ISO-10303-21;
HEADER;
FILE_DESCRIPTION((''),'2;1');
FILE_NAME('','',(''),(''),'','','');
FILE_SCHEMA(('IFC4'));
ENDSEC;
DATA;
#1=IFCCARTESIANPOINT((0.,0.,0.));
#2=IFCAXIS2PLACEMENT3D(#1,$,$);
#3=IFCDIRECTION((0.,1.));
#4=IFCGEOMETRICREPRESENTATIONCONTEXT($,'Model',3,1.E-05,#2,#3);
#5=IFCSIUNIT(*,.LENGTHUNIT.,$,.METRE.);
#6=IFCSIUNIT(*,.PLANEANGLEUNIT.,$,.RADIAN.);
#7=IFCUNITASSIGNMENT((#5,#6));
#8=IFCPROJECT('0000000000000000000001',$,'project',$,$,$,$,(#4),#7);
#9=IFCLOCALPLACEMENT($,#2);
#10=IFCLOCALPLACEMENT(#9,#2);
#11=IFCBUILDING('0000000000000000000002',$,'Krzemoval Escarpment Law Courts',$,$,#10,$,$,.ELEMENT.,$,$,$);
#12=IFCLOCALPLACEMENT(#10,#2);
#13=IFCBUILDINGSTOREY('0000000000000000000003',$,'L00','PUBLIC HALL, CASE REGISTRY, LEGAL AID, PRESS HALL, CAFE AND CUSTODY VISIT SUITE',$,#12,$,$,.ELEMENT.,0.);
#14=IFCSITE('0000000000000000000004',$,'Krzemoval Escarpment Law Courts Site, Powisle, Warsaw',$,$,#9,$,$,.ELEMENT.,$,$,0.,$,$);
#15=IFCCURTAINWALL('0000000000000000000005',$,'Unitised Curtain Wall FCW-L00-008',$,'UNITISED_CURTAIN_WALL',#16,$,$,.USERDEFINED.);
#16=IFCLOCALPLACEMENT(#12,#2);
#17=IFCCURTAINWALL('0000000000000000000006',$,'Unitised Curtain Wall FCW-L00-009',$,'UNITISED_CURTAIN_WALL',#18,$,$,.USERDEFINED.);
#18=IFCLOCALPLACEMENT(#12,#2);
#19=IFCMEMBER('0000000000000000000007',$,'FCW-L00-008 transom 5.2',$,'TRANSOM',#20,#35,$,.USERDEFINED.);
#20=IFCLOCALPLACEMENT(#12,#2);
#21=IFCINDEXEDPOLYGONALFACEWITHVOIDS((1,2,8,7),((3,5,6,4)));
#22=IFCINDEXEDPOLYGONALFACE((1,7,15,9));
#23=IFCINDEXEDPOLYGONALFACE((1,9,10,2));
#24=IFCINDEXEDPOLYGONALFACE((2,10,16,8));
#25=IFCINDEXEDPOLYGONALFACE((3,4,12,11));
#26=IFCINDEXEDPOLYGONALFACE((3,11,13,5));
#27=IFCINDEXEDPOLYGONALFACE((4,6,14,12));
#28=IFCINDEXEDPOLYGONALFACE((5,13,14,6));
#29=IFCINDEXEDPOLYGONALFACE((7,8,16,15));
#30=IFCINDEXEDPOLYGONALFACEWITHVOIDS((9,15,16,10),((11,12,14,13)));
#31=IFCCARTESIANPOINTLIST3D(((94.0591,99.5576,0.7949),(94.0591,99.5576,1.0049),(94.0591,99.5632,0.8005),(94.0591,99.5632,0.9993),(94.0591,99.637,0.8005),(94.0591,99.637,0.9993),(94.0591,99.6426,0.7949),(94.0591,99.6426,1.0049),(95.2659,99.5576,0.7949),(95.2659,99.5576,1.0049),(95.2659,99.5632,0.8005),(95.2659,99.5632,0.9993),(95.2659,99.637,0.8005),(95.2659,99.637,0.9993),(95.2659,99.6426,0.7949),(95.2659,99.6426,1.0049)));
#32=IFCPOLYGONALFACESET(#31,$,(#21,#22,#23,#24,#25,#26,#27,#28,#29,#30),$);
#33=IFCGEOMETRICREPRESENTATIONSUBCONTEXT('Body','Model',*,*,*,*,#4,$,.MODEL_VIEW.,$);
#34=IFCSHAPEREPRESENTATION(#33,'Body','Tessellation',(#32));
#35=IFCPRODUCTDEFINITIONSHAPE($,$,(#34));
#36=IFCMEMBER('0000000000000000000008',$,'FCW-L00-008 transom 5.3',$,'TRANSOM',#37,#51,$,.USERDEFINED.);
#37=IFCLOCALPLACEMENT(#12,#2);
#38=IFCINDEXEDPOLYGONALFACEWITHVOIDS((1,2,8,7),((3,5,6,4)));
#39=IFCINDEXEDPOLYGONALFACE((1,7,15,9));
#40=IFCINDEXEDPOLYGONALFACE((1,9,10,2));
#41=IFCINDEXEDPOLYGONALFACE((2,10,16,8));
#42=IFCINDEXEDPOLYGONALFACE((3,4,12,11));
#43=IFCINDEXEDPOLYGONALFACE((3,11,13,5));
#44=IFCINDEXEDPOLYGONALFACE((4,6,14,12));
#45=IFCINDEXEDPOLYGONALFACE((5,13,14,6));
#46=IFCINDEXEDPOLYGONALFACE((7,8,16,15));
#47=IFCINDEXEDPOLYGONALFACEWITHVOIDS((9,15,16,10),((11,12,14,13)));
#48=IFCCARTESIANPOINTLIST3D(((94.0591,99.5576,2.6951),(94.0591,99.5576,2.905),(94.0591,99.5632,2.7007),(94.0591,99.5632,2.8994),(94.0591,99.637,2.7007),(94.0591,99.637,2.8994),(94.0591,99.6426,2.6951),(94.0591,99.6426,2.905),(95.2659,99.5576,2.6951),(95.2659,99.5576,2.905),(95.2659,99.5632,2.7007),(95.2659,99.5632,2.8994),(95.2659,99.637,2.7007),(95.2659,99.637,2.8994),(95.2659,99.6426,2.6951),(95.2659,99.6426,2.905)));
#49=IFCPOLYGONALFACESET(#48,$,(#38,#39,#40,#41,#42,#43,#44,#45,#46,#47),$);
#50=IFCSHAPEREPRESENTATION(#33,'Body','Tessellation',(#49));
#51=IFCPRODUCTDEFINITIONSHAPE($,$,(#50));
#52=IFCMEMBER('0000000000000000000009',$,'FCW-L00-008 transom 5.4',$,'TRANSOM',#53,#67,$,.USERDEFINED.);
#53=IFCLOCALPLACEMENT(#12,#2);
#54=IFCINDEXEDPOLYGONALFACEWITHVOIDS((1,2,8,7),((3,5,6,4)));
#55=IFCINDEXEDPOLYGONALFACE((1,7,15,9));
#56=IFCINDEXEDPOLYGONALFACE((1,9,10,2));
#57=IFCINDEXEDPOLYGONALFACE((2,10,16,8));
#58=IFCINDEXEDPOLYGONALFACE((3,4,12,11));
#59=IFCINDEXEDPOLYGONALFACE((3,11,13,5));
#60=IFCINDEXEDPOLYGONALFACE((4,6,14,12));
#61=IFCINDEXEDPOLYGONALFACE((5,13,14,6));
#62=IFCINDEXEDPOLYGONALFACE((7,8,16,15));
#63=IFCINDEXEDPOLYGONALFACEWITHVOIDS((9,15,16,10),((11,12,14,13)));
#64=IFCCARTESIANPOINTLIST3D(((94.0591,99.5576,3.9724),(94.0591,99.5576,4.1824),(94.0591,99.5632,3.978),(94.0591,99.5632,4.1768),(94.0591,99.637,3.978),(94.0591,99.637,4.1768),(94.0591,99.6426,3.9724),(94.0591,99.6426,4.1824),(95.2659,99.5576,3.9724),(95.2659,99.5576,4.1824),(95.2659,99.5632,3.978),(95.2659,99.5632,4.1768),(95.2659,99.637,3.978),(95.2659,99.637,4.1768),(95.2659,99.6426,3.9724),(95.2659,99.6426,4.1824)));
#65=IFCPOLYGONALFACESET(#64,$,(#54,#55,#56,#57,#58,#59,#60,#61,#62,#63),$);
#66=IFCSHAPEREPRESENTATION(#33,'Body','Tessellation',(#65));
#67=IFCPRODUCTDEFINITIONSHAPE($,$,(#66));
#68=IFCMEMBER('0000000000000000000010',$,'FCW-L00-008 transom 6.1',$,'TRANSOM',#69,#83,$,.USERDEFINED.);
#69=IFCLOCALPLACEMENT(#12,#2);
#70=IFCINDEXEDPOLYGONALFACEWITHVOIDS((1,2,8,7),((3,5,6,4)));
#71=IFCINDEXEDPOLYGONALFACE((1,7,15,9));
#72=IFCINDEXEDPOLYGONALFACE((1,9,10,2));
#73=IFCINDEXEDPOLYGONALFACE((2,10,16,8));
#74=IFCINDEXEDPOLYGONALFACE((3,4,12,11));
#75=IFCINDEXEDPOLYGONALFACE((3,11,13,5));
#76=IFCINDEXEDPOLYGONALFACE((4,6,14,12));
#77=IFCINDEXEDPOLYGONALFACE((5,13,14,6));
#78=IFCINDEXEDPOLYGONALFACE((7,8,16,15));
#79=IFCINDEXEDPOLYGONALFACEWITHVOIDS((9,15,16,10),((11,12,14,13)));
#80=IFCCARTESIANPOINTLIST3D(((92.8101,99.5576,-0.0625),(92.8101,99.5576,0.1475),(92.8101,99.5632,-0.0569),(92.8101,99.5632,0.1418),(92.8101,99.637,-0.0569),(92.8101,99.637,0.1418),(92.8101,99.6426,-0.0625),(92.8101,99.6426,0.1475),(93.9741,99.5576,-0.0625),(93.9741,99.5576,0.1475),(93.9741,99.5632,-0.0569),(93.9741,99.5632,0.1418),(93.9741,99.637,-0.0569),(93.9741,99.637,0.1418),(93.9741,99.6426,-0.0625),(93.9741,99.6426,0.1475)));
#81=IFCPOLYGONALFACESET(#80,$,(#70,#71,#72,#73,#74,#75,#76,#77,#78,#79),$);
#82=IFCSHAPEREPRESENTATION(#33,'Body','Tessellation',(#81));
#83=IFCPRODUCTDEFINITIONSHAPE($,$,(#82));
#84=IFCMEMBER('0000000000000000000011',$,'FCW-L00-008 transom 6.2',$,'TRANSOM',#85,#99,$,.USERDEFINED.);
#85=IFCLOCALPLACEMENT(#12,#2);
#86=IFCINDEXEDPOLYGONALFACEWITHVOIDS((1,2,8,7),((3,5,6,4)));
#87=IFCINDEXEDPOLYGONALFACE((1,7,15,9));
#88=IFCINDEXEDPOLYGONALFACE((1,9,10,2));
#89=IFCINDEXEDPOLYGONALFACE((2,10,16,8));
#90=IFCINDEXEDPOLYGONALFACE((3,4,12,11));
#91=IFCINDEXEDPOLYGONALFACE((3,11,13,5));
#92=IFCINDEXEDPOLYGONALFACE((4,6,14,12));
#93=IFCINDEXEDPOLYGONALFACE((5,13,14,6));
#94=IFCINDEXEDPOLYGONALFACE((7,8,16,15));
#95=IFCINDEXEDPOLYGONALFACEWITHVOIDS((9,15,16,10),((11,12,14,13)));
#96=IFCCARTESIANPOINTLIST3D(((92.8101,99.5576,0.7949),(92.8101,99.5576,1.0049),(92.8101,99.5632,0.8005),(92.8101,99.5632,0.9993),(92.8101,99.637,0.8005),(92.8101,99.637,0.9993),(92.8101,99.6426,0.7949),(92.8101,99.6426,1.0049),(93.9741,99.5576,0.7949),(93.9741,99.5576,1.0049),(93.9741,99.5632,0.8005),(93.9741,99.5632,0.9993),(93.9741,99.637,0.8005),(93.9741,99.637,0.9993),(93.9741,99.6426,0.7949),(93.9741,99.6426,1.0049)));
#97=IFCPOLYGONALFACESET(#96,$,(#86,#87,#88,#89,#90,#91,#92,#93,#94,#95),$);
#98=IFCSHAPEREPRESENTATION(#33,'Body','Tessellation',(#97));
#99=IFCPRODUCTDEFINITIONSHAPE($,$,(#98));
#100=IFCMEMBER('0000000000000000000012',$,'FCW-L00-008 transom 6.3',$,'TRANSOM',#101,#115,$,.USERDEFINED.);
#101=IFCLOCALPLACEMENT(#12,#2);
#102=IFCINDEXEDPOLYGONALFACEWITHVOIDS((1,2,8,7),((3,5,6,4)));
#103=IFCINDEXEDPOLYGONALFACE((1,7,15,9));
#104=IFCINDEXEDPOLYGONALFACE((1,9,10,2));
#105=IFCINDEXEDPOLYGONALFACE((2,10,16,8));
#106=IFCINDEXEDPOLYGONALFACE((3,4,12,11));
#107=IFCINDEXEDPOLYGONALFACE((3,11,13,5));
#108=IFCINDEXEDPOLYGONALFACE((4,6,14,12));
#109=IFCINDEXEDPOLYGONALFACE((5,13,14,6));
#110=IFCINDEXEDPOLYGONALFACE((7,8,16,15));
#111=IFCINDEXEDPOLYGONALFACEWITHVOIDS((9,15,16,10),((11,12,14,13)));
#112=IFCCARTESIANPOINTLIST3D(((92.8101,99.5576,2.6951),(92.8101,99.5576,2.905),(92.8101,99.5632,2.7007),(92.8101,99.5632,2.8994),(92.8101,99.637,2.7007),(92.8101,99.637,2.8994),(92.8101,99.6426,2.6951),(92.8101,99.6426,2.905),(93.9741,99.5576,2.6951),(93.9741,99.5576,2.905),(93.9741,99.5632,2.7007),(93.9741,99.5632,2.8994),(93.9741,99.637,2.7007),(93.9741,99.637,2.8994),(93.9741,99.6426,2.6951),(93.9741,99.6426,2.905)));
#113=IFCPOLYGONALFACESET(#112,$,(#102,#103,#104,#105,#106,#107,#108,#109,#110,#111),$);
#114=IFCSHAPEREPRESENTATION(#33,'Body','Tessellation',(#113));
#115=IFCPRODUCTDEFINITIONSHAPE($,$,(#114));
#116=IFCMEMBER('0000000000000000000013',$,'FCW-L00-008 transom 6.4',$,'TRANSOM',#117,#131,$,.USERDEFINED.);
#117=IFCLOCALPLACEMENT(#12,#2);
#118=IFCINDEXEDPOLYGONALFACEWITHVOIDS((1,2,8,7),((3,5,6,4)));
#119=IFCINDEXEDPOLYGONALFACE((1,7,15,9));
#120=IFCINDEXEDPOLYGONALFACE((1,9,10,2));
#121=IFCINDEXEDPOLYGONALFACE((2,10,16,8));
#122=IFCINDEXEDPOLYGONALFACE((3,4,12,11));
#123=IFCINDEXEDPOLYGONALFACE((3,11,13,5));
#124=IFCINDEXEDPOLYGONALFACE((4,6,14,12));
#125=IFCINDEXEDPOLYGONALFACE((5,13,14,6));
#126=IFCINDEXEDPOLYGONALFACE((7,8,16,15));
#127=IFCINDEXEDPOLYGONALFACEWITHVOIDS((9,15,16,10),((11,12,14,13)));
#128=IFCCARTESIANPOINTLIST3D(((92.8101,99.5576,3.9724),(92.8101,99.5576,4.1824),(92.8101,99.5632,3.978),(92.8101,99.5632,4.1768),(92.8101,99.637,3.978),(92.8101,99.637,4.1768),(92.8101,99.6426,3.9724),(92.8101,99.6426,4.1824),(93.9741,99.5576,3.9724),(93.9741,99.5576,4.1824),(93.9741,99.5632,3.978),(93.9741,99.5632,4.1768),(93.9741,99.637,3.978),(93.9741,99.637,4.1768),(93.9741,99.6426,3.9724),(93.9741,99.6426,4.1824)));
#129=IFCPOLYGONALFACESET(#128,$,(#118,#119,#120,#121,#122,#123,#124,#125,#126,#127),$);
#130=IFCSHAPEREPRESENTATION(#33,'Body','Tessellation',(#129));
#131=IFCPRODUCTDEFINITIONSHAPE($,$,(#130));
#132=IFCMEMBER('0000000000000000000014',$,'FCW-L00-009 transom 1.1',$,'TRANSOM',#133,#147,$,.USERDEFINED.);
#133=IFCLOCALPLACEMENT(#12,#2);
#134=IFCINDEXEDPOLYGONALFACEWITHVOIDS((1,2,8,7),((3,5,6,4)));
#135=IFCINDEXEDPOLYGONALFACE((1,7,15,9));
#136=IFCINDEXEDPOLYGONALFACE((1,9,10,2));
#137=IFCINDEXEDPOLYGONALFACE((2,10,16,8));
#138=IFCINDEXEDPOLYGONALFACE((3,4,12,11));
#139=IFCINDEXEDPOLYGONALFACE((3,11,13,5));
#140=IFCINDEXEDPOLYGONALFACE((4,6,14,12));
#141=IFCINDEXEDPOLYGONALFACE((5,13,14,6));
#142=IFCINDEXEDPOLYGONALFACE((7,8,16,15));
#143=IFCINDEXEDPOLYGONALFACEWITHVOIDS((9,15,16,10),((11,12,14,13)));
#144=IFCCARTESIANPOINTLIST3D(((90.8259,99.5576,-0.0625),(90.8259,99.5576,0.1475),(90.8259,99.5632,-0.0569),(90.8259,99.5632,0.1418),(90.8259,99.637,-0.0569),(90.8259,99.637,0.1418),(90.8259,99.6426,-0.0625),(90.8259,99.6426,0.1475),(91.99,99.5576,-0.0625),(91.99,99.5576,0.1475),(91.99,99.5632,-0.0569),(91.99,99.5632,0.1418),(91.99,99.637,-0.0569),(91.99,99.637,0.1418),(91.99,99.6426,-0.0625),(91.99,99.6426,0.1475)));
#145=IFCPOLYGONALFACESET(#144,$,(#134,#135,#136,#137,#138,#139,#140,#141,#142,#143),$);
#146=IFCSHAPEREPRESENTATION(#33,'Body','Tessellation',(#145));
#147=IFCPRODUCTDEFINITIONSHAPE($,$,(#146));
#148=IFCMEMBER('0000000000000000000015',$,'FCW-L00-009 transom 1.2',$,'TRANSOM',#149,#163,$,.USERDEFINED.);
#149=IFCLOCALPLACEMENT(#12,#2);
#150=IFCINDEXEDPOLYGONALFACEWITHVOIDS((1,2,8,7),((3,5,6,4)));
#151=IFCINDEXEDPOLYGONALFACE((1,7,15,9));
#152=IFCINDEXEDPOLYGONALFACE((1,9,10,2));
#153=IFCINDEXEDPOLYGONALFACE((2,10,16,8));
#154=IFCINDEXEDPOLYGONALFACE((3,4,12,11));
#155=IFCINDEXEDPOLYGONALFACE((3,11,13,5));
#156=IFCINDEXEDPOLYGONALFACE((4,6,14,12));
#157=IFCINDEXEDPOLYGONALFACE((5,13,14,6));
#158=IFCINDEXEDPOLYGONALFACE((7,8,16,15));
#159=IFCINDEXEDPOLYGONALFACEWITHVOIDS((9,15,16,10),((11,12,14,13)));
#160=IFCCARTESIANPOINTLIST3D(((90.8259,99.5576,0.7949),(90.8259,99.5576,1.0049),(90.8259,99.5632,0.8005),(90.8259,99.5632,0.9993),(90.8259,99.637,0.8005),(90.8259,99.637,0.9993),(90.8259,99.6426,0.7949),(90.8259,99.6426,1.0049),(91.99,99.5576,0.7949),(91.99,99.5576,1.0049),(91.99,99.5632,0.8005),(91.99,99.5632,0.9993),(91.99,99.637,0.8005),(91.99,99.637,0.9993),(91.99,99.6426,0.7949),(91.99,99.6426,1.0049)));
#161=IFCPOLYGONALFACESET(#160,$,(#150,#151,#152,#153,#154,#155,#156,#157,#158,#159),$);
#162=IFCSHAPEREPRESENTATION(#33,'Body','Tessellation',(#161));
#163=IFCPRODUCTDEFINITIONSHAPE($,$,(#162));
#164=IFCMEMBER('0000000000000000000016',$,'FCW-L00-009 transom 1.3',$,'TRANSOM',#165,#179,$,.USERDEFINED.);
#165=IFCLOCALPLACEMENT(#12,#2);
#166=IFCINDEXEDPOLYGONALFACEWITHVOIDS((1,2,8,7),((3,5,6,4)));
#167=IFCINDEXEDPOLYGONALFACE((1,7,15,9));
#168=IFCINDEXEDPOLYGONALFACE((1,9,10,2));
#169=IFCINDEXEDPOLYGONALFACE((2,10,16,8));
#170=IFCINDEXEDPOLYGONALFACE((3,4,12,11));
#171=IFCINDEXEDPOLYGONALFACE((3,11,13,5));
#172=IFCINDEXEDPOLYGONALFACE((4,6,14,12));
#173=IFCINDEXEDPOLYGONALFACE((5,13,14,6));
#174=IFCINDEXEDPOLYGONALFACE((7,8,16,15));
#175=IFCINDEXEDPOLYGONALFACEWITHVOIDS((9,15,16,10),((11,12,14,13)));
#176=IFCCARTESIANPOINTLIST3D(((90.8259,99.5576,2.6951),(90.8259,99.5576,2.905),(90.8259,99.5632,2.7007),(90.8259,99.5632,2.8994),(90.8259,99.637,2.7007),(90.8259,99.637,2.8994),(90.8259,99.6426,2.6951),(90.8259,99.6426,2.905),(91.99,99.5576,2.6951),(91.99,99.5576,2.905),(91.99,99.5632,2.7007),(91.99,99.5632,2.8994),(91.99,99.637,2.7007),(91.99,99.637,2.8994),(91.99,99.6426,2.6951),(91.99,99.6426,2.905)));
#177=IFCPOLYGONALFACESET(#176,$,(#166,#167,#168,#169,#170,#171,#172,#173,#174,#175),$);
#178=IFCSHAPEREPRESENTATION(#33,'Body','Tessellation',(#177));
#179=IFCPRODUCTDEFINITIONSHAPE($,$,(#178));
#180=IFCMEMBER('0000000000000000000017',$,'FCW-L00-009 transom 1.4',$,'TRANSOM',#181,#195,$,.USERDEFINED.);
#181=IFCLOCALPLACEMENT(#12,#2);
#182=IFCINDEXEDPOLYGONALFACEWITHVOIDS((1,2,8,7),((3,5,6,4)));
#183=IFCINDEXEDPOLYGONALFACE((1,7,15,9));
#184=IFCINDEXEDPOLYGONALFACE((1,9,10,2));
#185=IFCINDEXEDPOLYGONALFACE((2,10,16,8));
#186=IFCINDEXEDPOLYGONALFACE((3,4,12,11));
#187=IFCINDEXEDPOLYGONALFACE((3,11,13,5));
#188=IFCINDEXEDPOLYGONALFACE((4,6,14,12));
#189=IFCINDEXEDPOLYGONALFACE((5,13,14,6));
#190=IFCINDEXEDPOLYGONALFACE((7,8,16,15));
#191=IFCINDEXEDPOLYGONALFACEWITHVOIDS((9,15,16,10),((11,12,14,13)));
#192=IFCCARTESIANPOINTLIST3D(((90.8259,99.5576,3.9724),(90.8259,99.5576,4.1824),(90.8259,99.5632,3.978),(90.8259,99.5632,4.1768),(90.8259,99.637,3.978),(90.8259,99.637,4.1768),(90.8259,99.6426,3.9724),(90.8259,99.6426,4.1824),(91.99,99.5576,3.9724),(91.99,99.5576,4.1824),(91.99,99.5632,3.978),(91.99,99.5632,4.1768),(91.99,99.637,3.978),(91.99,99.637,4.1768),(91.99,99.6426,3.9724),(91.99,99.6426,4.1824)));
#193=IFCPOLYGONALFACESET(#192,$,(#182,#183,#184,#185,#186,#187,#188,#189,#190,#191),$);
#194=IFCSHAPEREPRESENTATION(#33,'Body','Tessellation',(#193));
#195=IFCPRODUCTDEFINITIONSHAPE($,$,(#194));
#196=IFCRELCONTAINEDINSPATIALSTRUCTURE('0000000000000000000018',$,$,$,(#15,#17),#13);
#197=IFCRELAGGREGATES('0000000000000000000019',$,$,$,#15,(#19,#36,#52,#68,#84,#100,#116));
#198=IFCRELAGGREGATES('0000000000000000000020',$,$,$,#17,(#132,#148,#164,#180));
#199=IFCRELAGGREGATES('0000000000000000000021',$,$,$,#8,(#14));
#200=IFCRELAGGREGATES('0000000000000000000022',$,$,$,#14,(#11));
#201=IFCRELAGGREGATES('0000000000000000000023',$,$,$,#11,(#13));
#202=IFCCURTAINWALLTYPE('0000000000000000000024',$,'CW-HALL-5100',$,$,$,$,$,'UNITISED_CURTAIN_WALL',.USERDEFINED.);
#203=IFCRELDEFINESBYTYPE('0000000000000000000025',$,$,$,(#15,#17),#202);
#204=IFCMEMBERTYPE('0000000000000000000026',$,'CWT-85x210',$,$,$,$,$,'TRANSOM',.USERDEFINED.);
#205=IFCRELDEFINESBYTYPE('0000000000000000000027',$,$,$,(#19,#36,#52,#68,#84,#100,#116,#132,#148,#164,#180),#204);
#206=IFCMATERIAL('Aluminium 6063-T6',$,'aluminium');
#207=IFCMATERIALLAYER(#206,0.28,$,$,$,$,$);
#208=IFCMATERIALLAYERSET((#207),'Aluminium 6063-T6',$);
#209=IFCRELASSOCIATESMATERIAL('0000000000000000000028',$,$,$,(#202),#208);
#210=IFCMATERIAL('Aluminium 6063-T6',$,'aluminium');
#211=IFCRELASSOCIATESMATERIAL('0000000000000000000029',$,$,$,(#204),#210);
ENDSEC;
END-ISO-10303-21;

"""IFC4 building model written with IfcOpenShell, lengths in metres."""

from ifc_helpers import new_model, si_unit, direction, frame, origin, origin_2d, place, context, subcontext, project, spatial, hollow_rectangle, extrude, material, layer, layer_set, material_profile, profile_set, type_object, element, aggregate, save


model = new_model("IFC4")

# Units and contexts
model_context = context("Model", 3, precision=1e-05, world=origin(), true_north=direction((0.0, 1.0)))
body_context = subcontext(model_context, "Body", "Model", "MODEL_VIEW")
ifc_project = project(units=[si_unit("LENGTHUNIT", "METRE"), si_unit("PLANEANGLEUNIT", "RADIAN")], contexts=[model_context])

# Site, building, storey
site_placement = place(None, origin())
site = spatial("IfcSite", under=ifc_project, at=site_placement, Name="Krzemoval Escarpment Law Courts Site, Powisle, Warsaw", CompositionType="ELEMENT", RefElevation=0.0)
building_placement = place(site_placement, origin())
building = spatial("IfcBuilding", under=site, at=building_placement, Name="Krzemoval Escarpment Law Courts", CompositionType="ELEMENT")
storey_placement = place(building_placement, origin())
storey = spatial("IfcBuildingStorey", under=building, at=storey_placement, Name="L00", Description="PUBLIC HALL, CASE REGISTRY, LEGAL AID, PRESS HALL, CAFE AND CUSTODY VISIT SUITE", CompositionType="ELEMENT", Elevation=0.0)

# Curtain walls
ifc_material_1 = material(Name="Aluminium 6063-T6", Category="aluminium")
ifc_layer_1 = layer(ifc_material_1, 0.28)
ifc_layer_set_1 = layer_set([ifc_layer_1], Name="Aluminium 6063-T6")
curtain_wall_type = type_object("IfcCurtainWallType", Name="CW-HALL-5100", ElementType="UNITISED_CURTAIN_WALL", PredefinedType="USERDEFINED", material=ifc_layer_set_1)
curtain_wall_1_placement = place(storey_placement, origin())
curtain_wall_1 = element("IfcCurtainWall", 1, at=curtain_wall_1_placement, inside=storey, type_object=curtain_wall_type, Name="Unitised Curtain Wall FCW-L00-008", ObjectType="UNITISED_CURTAIN_WALL", PredefinedType="USERDEFINED")
curtain_wall_2_placement = place(storey_placement, origin())
curtain_wall_2 = element("IfcCurtainWall", 2, at=curtain_wall_2_placement, inside=storey, type_object=curtain_wall_type, Name="Unitised Curtain Wall FCW-L00-009", ObjectType="UNITISED_CURTAIN_WALL", PredefinedType="USERDEFINED")

# Members
ifc_material_2 = material(Name="Aluminium 6063-T6", Category="aluminium")
ifc_material_profile_1 = material_profile(ifc_material_2, hollow_rectangle(XDim=0.085, YDim=0.21, WallThickness=0.0056, at=origin_2d()), Name="ALU T85x210")
ifc_profile_set_1 = profile_set([ifc_material_profile_1], Name="Aluminium 6063-T6")
member_type_1 = type_object("IfcMemberType", Name="CWT-85x210", ElementType="TRANSOM", PredefinedType="USERDEFINED", material=ifc_profile_set_1)
member_1_placement = place(storey_placement, frame((95.2659, 99.6001, 0.8999), z_axis=(-1.0, 0.0, 0.0), x_axis=(0.0, -1.0, 0.0)))
member_1 = element("IfcMember", 3, at=member_1_placement, type_object=member_type_1, Name="FCW-L00-008 transom 5.2", ObjectType="TRANSOM", PredefinedType="USERDEFINED", context=body_context, shape_type="SweptSolid", body=[
    extrude(hollow_rectangle(XDim=0.085, YDim=0.21, WallThickness=0.0056, at=origin_2d()), origin(), (0.0, 0.0, 1.0), 1.2068),
])
member_2_placement = place(storey_placement, frame((95.2659, 99.6001, 2.8), z_axis=(-1.0, 0.0, 0.0), x_axis=(0.0, -1.0, 0.0)))
member_2 = element("IfcMember", 4, at=member_2_placement, type_object=member_type_1, Name="FCW-L00-008 transom 5.3", ObjectType="TRANSOM", PredefinedType="USERDEFINED", context=body_context, shape_type="SweptSolid", body=[
    extrude(hollow_rectangle(XDim=0.085, YDim=0.21, WallThickness=0.0056, at=origin_2d()), origin(), (0.0, 0.0, 1.0), 1.2068),
])
member_3_placement = place(storey_placement, frame((95.2659, 99.6001, 4.0774), z_axis=(-1.0, 0.0, 0.0), x_axis=(0.0, -1.0, 0.0)))
member_3 = element("IfcMember", 5, at=member_3_placement, type_object=member_type_1, Name="FCW-L00-008 transom 5.4", ObjectType="TRANSOM", PredefinedType="USERDEFINED", context=body_context, shape_type="SweptSolid", body=[
    extrude(hollow_rectangle(XDim=0.085, YDim=0.21, WallThickness=0.0056, at=origin_2d()), origin(), (0.0, 0.0, 1.0), 1.2068),
])
member_4_placement = place(storey_placement, frame((93.9741, 99.6001, 0.0425), z_axis=(-1.0, 0.0, 0.0), x_axis=(0.0, -1.0, 0.0)))
member_4 = element("IfcMember", 6, at=member_4_placement, type_object=member_type_1, Name="FCW-L00-008 transom 6.1", ObjectType="TRANSOM", PredefinedType="USERDEFINED", context=body_context, shape_type="SweptSolid", body=[
    extrude(hollow_rectangle(XDim=0.085, YDim=0.21, WallThickness=0.0056, at=origin_2d()), origin(), (0.0, 0.0, 1.0), 1.1641),
])
member_5_placement = place(storey_placement, frame((93.9741, 99.6001, 0.8999), z_axis=(-1.0, 0.0, 0.0), x_axis=(0.0, -1.0, 0.0)))
member_5 = element("IfcMember", 7, at=member_5_placement, type_object=member_type_1, Name="FCW-L00-008 transom 6.2", ObjectType="TRANSOM", PredefinedType="USERDEFINED", context=body_context, shape_type="SweptSolid", body=[
    extrude(hollow_rectangle(XDim=0.085, YDim=0.21, WallThickness=0.0056, at=origin_2d()), origin(), (0.0, 0.0, 1.0), 1.1641),
])
member_6_placement = place(storey_placement, frame((93.9741, 99.6001, 2.8), z_axis=(-1.0, 0.0, 0.0), x_axis=(0.0, -1.0, 0.0)))
member_6 = element("IfcMember", 8, at=member_6_placement, type_object=member_type_1, Name="FCW-L00-008 transom 6.3", ObjectType="TRANSOM", PredefinedType="USERDEFINED", context=body_context, shape_type="SweptSolid", body=[
    extrude(hollow_rectangle(XDim=0.085, YDim=0.21, WallThickness=0.0056, at=origin_2d()), origin(), (0.0, 0.0, 1.0), 1.1641),
])
member_7_placement = place(storey_placement, frame((93.9741, 99.6001, 4.0774), z_axis=(-1.0, 0.0, 0.0), x_axis=(0.0, -1.0, 0.0)))
member_7 = element("IfcMember", 9, at=member_7_placement, type_object=member_type_1, Name="FCW-L00-008 transom 6.4", ObjectType="TRANSOM", PredefinedType="USERDEFINED", context=body_context, shape_type="SweptSolid", body=[
    extrude(hollow_rectangle(XDim=0.085, YDim=0.21, WallThickness=0.0056, at=origin_2d()), origin(), (0.0, 0.0, 1.0), 1.1641),
])
member_8_placement = place(storey_placement, frame((91.99, 99.6001, 0.0425), z_axis=(-1.0, 0.0, 0.0), x_axis=(0.0, -1.0, 0.0)))
member_8 = element("IfcMember", 10, at=member_8_placement, type_object=member_type_1, Name="FCW-L00-009 transom 1.1", ObjectType="TRANSOM", PredefinedType="USERDEFINED", context=body_context, shape_type="SweptSolid", body=[
    extrude(hollow_rectangle(XDim=0.085, YDim=0.21, WallThickness=0.0056, at=origin_2d()), origin(), (0.0, 0.0, 1.0), 1.1641),
])
member_9_placement = place(storey_placement, frame((91.99, 99.6001, 0.8999), z_axis=(-1.0, 0.0, 0.0), x_axis=(0.0, -1.0, 0.0)))
member_9 = element("IfcMember", 11, at=member_9_placement, type_object=member_type_1, Name="FCW-L00-009 transom 1.2", ObjectType="TRANSOM", PredefinedType="USERDEFINED", context=body_context, shape_type="SweptSolid", body=[
    extrude(hollow_rectangle(XDim=0.085, YDim=0.21, WallThickness=0.0056, at=origin_2d()), origin(), (0.0, 0.0, 1.0), 1.1641),
])
member_10_placement = place(storey_placement, frame((91.99, 99.6001, 2.8), z_axis=(-1.0, 0.0, 0.0), x_axis=(0.0, -1.0, 0.0)))
member_10 = element("IfcMember", 12, at=member_10_placement, type_object=member_type_1, Name="FCW-L00-009 transom 1.3", ObjectType="TRANSOM", PredefinedType="USERDEFINED", context=body_context, shape_type="SweptSolid", body=[
    extrude(hollow_rectangle(XDim=0.085, YDim=0.21, WallThickness=0.0056, at=origin_2d()), origin(), (0.0, 0.0, 1.0), 1.1641),
])
member_11_placement = place(storey_placement, frame((91.99, 99.6001, 4.0774), z_axis=(-1.0, 0.0, 0.0), x_axis=(0.0, -1.0, 0.0)))
member_11 = element("IfcMember", 13, at=member_11_placement, type_object=member_type_1, Name="FCW-L00-009 transom 1.4", ObjectType="TRANSOM", PredefinedType="USERDEFINED", context=body_context, shape_type="SweptSolid", body=[
    extrude(hollow_rectangle(XDim=0.085, YDim=0.21, WallThickness=0.0056, at=origin_2d()), origin(), (0.0, 0.0, 1.0), 1.1641),
])

aggregate(curtain_wall_1, [member_1, member_2, member_3, member_4, member_5, member_6, member_7])
aggregate(curtain_wall_2, [member_8, member_9, member_10, member_11])

save(model, "model.ifc")
